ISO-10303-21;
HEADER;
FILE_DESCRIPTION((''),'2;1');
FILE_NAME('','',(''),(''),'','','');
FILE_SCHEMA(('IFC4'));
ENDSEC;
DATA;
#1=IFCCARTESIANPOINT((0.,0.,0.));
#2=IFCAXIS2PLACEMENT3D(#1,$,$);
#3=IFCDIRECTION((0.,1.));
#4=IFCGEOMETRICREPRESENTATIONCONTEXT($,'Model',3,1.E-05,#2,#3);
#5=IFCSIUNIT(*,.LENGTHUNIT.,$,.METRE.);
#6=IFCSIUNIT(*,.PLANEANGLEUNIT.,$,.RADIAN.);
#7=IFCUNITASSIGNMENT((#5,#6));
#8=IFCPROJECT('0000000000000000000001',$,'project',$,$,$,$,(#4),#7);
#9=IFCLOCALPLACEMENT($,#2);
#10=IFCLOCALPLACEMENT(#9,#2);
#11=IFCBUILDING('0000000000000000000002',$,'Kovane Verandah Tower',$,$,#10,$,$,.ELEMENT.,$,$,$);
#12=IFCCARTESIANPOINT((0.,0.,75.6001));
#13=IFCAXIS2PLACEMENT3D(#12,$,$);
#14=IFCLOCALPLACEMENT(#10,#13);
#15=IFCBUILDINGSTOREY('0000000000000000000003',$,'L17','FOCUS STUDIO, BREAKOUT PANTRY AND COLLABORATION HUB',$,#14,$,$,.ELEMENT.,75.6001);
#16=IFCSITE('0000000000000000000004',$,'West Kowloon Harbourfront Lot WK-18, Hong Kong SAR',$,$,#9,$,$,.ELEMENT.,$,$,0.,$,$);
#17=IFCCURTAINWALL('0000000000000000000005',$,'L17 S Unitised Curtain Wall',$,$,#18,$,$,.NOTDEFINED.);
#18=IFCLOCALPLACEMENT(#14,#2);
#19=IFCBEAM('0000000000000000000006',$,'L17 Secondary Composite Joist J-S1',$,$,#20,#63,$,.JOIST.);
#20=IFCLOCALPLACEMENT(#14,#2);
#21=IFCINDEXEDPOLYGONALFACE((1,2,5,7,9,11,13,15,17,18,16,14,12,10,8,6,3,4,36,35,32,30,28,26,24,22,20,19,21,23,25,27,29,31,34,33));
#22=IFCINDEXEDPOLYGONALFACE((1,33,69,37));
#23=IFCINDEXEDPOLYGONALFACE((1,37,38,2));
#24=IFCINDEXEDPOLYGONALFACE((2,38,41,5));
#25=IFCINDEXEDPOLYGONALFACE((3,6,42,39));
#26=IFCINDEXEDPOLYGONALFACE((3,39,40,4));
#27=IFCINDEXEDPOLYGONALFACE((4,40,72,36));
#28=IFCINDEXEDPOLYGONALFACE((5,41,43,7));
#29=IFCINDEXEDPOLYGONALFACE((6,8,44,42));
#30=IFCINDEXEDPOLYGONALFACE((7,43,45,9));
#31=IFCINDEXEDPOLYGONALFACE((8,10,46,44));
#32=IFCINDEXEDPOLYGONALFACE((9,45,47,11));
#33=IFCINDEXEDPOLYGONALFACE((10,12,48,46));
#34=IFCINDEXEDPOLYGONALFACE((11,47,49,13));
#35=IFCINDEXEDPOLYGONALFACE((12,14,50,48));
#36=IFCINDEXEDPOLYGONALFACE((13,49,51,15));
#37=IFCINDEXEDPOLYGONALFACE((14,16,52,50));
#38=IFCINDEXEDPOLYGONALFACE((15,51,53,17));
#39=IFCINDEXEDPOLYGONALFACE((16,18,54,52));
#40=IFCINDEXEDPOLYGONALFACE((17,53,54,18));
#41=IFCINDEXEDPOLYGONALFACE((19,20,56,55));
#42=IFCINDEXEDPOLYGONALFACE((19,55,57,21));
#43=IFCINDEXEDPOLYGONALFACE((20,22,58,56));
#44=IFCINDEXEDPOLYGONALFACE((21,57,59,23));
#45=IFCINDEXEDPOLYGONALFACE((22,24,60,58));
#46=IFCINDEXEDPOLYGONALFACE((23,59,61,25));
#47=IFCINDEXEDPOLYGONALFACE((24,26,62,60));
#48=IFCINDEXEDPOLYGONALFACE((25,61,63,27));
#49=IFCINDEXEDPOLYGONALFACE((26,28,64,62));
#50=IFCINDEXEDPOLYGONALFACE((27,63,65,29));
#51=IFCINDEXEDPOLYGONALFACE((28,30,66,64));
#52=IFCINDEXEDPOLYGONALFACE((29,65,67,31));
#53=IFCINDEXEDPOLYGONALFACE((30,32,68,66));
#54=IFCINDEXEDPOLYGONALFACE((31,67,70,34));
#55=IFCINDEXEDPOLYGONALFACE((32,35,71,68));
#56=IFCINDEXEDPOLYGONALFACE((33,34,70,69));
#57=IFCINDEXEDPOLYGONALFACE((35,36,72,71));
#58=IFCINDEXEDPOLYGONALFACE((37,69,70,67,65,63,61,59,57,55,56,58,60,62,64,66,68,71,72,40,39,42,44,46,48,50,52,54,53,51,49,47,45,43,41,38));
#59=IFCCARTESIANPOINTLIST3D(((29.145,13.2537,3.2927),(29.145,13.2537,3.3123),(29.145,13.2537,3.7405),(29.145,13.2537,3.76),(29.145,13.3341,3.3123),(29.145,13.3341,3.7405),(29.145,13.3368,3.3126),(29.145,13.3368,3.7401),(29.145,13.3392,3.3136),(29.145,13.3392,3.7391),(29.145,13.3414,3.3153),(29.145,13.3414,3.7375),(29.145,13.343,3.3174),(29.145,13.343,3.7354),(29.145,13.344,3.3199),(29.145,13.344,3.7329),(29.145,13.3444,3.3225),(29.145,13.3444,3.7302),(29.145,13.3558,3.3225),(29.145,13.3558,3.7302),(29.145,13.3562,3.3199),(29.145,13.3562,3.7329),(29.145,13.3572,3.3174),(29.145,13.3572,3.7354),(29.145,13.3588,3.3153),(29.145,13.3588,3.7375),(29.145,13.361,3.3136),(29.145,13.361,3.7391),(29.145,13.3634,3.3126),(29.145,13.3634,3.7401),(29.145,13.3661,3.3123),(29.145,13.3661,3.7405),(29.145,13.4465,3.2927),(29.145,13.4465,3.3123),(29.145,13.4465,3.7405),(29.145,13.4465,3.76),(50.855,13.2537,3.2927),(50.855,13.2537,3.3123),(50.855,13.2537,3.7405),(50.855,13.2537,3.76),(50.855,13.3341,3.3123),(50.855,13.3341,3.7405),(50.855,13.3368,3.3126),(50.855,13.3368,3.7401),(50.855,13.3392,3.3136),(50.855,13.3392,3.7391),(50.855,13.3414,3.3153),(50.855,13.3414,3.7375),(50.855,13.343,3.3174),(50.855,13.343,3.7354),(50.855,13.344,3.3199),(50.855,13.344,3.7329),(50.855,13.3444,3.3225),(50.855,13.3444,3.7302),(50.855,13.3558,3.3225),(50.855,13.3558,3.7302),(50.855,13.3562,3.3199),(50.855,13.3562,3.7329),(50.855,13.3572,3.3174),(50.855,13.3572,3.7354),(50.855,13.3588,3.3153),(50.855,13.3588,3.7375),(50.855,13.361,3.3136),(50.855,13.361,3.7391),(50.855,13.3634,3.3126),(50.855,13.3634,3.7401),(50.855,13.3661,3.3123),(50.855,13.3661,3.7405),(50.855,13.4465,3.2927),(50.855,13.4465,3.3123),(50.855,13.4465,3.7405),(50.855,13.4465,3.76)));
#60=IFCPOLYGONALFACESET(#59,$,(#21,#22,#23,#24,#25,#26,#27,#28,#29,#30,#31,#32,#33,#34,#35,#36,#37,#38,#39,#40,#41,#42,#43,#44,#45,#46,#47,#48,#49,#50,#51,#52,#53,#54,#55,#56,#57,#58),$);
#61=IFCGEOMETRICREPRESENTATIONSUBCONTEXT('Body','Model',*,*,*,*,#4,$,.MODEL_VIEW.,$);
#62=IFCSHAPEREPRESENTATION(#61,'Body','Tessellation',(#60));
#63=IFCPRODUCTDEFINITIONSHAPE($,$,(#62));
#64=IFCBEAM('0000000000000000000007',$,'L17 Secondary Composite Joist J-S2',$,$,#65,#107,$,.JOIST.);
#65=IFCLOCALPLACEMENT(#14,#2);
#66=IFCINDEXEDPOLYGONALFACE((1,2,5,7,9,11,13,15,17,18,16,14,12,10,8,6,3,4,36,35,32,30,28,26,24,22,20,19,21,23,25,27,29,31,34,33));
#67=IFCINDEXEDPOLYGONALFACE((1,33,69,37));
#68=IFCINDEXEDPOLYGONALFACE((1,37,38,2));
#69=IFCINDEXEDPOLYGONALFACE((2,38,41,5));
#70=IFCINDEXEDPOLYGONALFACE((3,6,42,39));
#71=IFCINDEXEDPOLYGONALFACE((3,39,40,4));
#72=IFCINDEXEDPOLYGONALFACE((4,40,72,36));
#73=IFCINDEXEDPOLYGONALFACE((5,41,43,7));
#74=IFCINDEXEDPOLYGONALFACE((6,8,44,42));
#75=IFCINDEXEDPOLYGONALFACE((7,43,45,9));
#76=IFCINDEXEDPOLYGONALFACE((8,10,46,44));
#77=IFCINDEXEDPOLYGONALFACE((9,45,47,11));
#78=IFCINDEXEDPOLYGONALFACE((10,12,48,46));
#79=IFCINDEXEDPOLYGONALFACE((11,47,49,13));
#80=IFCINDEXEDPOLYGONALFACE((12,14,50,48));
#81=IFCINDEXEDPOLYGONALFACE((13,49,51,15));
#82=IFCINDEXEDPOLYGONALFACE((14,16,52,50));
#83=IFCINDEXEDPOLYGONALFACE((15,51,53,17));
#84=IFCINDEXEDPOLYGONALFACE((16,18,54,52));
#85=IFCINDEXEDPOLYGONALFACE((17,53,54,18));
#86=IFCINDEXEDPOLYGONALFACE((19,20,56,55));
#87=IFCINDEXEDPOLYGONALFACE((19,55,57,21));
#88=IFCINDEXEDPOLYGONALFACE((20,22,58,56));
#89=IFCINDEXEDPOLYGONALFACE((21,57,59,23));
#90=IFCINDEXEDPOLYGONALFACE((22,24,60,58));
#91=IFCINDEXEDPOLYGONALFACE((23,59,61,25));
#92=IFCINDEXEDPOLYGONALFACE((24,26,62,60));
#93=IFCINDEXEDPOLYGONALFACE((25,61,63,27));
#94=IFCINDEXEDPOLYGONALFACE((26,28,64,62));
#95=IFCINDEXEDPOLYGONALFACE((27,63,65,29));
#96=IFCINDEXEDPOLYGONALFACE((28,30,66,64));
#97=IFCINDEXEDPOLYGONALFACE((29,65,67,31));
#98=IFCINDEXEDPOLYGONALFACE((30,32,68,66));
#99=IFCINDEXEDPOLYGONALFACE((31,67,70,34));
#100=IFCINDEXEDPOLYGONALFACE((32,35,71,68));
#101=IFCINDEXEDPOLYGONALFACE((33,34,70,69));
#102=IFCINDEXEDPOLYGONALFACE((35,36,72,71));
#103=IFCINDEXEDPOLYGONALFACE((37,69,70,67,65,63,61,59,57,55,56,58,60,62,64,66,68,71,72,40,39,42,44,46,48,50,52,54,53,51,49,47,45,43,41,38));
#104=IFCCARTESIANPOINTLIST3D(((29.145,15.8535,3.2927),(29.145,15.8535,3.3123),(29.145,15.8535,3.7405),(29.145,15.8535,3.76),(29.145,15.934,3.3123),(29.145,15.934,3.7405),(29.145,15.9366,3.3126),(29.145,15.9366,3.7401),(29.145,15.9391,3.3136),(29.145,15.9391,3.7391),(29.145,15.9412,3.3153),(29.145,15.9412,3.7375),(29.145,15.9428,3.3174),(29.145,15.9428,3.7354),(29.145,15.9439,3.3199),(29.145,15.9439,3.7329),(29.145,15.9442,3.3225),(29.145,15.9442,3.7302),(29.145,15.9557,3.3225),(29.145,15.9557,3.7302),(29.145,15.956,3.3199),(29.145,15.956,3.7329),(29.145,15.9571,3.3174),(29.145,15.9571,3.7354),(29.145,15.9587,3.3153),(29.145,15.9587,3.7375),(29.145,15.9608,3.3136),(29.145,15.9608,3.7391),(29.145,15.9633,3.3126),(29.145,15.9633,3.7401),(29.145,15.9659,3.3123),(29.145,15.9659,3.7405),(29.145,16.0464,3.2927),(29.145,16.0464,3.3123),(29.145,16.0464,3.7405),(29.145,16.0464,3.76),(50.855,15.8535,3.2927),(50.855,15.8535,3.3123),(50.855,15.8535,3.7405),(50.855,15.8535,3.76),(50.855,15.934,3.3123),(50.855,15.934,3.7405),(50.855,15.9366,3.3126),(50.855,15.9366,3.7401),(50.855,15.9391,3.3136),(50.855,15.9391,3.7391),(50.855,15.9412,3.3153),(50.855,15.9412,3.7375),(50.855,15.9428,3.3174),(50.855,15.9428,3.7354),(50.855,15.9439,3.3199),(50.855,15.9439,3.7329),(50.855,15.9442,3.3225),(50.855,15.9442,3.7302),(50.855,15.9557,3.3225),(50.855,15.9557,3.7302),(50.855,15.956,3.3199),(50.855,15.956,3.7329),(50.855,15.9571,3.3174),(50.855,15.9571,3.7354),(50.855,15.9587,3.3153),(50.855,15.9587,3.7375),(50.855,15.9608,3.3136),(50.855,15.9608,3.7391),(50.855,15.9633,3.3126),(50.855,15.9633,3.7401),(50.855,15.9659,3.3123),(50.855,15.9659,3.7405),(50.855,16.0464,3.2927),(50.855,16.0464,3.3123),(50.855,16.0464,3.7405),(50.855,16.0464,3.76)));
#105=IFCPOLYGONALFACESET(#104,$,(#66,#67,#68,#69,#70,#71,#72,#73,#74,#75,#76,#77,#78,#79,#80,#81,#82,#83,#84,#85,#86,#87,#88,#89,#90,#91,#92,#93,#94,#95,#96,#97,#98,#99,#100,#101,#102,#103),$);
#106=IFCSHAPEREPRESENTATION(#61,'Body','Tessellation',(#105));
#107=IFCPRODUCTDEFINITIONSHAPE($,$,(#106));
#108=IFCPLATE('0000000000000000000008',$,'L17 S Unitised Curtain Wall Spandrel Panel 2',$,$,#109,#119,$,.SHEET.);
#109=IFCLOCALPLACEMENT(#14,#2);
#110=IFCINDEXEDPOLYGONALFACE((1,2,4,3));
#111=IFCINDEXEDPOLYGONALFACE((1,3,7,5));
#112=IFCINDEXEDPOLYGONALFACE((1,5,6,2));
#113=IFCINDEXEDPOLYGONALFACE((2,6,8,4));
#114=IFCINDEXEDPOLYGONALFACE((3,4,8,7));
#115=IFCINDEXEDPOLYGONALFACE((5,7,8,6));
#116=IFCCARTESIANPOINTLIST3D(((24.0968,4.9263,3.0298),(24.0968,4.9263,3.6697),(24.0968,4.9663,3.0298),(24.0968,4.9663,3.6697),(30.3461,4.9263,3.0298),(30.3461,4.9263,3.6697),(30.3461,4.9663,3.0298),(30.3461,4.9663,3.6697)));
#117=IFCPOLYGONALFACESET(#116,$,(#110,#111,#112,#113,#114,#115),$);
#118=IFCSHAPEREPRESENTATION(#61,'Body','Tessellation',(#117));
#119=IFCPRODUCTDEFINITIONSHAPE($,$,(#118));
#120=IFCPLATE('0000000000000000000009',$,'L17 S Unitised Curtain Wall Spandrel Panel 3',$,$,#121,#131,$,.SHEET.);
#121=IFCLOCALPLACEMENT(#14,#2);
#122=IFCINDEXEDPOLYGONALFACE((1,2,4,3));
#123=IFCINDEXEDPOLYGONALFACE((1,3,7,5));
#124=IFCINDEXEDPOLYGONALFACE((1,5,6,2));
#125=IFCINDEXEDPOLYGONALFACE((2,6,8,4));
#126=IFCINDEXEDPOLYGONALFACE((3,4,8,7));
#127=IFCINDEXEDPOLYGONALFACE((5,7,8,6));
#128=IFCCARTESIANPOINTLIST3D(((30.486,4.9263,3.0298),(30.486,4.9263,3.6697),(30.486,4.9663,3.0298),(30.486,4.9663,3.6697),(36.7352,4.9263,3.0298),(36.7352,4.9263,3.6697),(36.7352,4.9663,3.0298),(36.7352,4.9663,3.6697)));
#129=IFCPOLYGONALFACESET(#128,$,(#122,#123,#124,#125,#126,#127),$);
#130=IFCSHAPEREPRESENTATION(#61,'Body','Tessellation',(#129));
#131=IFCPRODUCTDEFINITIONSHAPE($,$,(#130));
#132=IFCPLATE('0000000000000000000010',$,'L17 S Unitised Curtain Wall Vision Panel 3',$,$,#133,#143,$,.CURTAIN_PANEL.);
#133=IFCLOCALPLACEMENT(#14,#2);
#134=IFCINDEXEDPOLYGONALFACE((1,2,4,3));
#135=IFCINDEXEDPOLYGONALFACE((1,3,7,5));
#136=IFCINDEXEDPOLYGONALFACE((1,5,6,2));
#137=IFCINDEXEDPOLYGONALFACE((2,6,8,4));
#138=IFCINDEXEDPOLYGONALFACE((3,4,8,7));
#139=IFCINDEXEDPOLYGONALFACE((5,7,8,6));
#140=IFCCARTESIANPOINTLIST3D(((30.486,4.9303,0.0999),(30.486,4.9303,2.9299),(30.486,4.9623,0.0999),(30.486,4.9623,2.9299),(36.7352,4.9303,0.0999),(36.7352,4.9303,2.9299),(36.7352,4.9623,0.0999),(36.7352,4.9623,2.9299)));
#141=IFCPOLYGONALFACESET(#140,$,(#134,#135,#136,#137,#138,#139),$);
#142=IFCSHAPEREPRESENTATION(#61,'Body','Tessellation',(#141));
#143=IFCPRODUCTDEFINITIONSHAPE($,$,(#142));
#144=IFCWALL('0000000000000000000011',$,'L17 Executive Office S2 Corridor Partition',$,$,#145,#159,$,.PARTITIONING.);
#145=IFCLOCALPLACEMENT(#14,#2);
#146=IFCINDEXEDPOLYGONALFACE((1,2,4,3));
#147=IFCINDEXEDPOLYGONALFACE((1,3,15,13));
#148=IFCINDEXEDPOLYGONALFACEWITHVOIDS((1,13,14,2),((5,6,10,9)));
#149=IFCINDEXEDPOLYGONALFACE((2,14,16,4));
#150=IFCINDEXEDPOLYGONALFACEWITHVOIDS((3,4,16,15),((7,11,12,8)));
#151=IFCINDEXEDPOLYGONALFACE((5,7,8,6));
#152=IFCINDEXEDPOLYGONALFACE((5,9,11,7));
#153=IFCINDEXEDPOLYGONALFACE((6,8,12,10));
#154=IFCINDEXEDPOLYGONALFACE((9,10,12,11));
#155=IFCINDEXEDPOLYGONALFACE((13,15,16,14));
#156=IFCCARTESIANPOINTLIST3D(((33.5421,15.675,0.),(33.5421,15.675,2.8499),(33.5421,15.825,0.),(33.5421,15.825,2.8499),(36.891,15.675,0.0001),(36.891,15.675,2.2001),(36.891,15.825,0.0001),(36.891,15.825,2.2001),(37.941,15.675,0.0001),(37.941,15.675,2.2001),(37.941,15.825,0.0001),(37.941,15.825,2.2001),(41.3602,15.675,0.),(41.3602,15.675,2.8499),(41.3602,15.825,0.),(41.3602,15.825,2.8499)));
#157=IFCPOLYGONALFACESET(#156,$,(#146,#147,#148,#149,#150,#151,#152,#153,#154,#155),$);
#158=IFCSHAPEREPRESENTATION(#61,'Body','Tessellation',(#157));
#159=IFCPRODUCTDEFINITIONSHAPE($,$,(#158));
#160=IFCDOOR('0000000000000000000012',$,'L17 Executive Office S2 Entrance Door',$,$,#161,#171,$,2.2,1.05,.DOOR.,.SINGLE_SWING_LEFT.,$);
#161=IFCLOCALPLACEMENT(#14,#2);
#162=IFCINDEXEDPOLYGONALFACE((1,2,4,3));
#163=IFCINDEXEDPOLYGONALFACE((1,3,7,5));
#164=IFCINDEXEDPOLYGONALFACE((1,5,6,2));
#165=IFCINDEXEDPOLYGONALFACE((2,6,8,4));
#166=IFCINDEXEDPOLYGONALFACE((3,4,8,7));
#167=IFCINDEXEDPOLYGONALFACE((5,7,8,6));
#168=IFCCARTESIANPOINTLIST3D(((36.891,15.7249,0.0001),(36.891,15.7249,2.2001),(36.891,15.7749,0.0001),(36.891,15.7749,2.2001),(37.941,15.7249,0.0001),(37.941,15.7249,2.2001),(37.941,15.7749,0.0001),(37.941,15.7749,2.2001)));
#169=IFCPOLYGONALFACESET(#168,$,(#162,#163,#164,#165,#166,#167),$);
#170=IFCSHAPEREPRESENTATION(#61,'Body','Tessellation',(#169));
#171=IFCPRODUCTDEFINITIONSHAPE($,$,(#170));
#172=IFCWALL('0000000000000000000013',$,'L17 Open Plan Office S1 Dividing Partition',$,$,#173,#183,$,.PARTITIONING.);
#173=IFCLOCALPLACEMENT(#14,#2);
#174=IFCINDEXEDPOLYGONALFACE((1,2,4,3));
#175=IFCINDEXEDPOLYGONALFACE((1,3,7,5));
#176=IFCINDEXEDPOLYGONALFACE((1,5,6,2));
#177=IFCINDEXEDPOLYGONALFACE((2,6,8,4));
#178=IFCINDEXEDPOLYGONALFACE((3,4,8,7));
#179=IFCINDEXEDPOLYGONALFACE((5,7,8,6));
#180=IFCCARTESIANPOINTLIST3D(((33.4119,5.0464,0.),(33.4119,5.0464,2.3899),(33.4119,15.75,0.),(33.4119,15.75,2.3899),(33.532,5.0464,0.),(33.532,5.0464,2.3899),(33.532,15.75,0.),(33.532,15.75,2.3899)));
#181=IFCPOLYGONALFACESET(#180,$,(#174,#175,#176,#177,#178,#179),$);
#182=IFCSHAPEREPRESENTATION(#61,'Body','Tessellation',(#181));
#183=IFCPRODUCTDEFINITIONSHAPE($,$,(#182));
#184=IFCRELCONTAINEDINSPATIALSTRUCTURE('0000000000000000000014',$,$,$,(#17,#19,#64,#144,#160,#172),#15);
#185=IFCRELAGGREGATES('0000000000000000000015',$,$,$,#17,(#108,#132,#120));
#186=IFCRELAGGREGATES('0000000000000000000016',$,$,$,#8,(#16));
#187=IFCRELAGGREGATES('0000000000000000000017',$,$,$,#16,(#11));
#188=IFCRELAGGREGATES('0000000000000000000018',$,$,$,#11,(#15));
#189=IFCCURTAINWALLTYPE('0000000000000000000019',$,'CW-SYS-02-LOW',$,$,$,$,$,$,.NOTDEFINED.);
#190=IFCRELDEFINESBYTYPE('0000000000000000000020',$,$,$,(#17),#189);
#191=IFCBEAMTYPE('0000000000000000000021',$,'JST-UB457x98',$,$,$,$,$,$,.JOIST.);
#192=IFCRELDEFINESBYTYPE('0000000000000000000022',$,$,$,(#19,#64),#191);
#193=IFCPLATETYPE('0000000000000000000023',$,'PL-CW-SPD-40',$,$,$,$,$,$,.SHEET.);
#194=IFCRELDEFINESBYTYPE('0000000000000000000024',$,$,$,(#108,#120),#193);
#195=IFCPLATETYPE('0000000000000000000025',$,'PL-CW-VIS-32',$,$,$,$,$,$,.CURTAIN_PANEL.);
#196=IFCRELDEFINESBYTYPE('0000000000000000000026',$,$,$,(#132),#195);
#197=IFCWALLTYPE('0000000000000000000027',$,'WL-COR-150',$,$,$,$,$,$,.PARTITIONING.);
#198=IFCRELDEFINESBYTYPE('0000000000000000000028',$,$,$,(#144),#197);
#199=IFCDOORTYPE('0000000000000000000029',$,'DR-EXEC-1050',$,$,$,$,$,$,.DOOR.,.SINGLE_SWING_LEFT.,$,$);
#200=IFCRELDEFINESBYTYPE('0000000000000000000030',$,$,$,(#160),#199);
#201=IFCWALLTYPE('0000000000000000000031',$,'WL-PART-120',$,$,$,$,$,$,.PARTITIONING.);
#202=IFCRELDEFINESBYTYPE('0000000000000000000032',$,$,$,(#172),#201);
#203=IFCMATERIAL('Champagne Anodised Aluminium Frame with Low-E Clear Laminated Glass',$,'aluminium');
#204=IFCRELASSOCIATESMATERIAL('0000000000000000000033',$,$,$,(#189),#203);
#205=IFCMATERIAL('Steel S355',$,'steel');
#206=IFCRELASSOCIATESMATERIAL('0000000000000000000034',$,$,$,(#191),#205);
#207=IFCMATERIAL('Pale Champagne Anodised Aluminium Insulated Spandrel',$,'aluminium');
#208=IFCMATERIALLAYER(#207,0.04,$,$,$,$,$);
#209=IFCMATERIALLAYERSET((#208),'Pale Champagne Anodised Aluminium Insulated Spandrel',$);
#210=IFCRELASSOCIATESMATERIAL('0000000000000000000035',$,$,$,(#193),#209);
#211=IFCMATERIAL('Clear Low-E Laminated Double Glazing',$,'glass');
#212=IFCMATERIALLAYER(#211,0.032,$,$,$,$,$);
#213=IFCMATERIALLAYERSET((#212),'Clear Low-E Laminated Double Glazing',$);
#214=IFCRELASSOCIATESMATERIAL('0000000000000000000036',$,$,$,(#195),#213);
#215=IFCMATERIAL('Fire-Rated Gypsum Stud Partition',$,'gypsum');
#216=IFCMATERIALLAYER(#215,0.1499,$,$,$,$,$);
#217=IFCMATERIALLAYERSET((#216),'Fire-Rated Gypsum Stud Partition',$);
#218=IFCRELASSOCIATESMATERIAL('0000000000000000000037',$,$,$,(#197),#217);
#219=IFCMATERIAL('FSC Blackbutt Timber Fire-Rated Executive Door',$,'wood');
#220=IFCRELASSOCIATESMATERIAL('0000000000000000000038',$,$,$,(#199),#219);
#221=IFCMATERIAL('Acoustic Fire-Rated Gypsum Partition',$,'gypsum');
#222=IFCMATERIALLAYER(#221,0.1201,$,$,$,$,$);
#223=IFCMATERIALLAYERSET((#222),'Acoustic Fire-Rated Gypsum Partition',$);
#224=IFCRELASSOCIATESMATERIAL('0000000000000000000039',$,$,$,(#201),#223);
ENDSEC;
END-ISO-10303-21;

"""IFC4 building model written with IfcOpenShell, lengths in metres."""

from ifc_helpers import new_model, si_unit, direction, frame, frame_2d, origin, origin_2d, place, context, subcontext, project, spatial, rectangle, i_section, extrude, material, layer, layer_set, material_profile, profile_set, type_object, element, fill, aggregate, save


model = new_model("IFC4")

# Units and contexts
model_context = context("Model", 3, precision=1e-05, world=origin(), true_north=direction((0.0, 1.0)))
body_context = subcontext(model_context, "Body", "Model", "MODEL_VIEW")
ifc_project = project(units=[si_unit("LENGTHUNIT", "METRE"), si_unit("PLANEANGLEUNIT", "RADIAN")], contexts=[model_context])

# Site, building, storey
site_placement = place(None, origin())
site = spatial("IfcSite", under=ifc_project, at=site_placement, Name="West Kowloon Harbourfront Lot WK-18, Hong Kong SAR", CompositionType="ELEMENT", RefElevation=0.0)
building_placement = place(site_placement, origin())
building = spatial("IfcBuilding", under=site, at=building_placement, Name="Kovane Verandah Tower", CompositionType="ELEMENT")
storey_placement = place(building_placement, frame((0.0, 0.0, 75.6001)))
storey = spatial("IfcBuildingStorey", under=building, at=storey_placement, Name="L17", Description="FOCUS STUDIO, BREAKOUT PANTRY AND COLLABORATION HUB", CompositionType="ELEMENT", Elevation=75.6001)

# Shared definitions
ifc_material_1 = material(Name="Steel S355", Category="steel")

# Curtain wall
ifc_material_2 = material(Name="Champagne Anodised Aluminium Frame with Low-E Clear Laminated Glass", Category="aluminium")
curtain_wall_type = type_object("IfcCurtainWallType", Name="CW-SYS-02-LOW", PredefinedType="NOTDEFINED", material=ifc_material_2)
curtain_wall_placement = place(storey_placement, origin())
curtain_wall = element("IfcCurtainWall", 1, at=curtain_wall_placement, inside=storey, type_object=curtain_wall_type, Name="L17 S Unitised Curtain Wall", PredefinedType="NOTDEFINED")

# Beams
ifc_material_profile_1 = material_profile(ifc_material_1, i_section(OverallWidth=0.1929, OverallDepth=0.4673, WebThickness=0.0115, FlangeThickness=0.0195, FilletRadius=0.0103, at=origin_2d()), Name="UB457x191x98")
ifc_profile_set_1 = profile_set([ifc_material_profile_1], Name="Steel S355")
beam_type_1 = type_object("IfcBeamType", Name="JST-UB457x98", PredefinedType="JOIST", material=ifc_profile_set_1)
for number, where, z_axis, x_axis, name in (
    (2, (29.145, 13.3501, 3.5264), (1.0, 0.0, 0.0), (0.0, 1.0, 0.0), "L17 Secondary Composite Joist J-S1"),
    (3, (29.145, 15.95, 3.5264), (1.0, 0.0, 0.0), (0.0, 1.0, 0.0), "L17 Secondary Composite Joist J-S2"),
):
    element("IfcBeam", number, at=place(storey_placement, frame(where, z_axis=z_axis, x_axis=x_axis)), inside=storey, type_object=beam_type_1, Name=name, PredefinedType="JOIST", context=body_context, shape_type="SweptSolid", body=[
        extrude(i_section(OverallWidth=0.1929, OverallDepth=0.4673, WebThickness=0.0115, FlangeThickness=0.0195, FilletRadius=0.0103, at=origin_2d()), origin(), (0.0, 0.0, 1.0), 21.71),
    ])

# Plates
ifc_material_3 = material(Name="Pale Champagne Anodised Aluminium Insulated Spandrel", Category="aluminium")
ifc_layer_1 = layer(ifc_material_3, 0.04)
ifc_layer_set_1 = layer_set([ifc_layer_1], Name="Pale Champagne Anodised Aluminium Insulated Spandrel")
plate_type_1 = type_object("IfcPlateType", Name="PL-CW-SPD-40", PredefinedType="SHEET", material=ifc_layer_set_1)
plate_1_placement = place(storey_placement, frame((27.2214, 4.9463, 3.0298), z_axis=(0.0, 0.0, 1.0), x_axis=(1.0, 0.0, 0.0)))
plate_1 = element("IfcPlate", 4, at=plate_1_placement, type_object=plate_type_1, Name="L17 S Unitised Curtain Wall Spandrel Panel 2", PredefinedType="SHEET", context=body_context, shape_type="SweptSolid", body=[
    extrude(rectangle(XDim=6.2493, YDim=0.04, at=origin_2d()), origin(), (0.0, 0.0, 1.0), 0.6399),
])
plate_2_placement = place(storey_placement, frame((33.6106, 4.9463, 3.0298), z_axis=(0.0, 0.0, 1.0), x_axis=(1.0, 0.0, 0.0)))
plate_2 = element("IfcPlate", 5, at=plate_2_placement, type_object=plate_type_1, Name="L17 S Unitised Curtain Wall Spandrel Panel 3", PredefinedType="SHEET", context=body_context, shape_type="SweptSolid", body=[
    extrude(rectangle(XDim=6.2493, YDim=0.04, at=origin_2d()), origin(), (0.0, 0.0, 1.0), 0.6399),
])
ifc_material_4 = material(Name="Clear Low-E Laminated Double Glazing", Category="glass")
ifc_layer_2 = layer(ifc_material_4, 0.032)
ifc_layer_set_2 = layer_set([ifc_layer_2], Name="Clear Low-E Laminated Double Glazing")
plate_type_2 = type_object("IfcPlateType", Name="PL-CW-VIS-32", PredefinedType="CURTAIN_PANEL", material=ifc_layer_set_2)
plate_3_placement = place(storey_placement, frame((33.6106, 4.9463, 0.0999), z_axis=(0.0, 0.0, 1.0), x_axis=(1.0, 0.0, 0.0)))
plate_3 = element("IfcPlate", 6, at=plate_3_placement, type_object=plate_type_2, Name="L17 S Unitised Curtain Wall Vision Panel 3", PredefinedType="CURTAIN_PANEL", context=body_context, shape_type="SweptSolid", body=[
    extrude(rectangle(XDim=6.2493, YDim=0.032, at=origin_2d()), origin(), (0.0, 0.0, 1.0), 2.8301),
])
aggregate(curtain_wall, [plate_1, plate_3, plate_2])

# Wall, opening, door
ifc_material_5 = material(Name="Fire-Rated Gypsum Stud Partition", Category="gypsum")
ifc_layer_3 = layer(ifc_material_5, 0.1499)
ifc_layer_set_3 = layer_set([ifc_layer_3], Name="Fire-Rated Gypsum Stud Partition")
wall_type_1 = type_object("IfcWallType", Name="WL-COR-150", PredefinedType="PARTITIONING", material=ifc_layer_set_3)
wall_1_placement = place(storey_placement, frame((33.542, 15.75, 0.0), z_axis=(0.0, 0.0, 1.0), x_axis=(1.0, 0.0, 0.0)))
wall_1 = element("IfcWall", 7, at=wall_1_placement, inside=storey, type_object=wall_type_1, Name="L17 Executive Office S2 Corridor Partition", PredefinedType="PARTITIONING", context=body_context, shape_type="SweptSolid", body=[
    extrude(rectangle(XDim=7.8181, YDim=0.1499, at=frame_2d((3.9092, 0.0))), origin(), (0.0, 0.0, 1.0), 2.8499),
])
opening_placement = place(wall_1_placement, frame((3.3491, 0.0, 0.0)))
opening = element("IfcOpeningElement", 8, at=opening_placement, cuts=wall_1, PredefinedType="OPENING", context=body_context, shape_type="SweptSolid", body=[
    extrude(rectangle(XDim=1.05, YDim=2.2, at=frame_2d((0.5249, 1.1001))), frame((0.0, 0.075, 0.0), z_axis=(0.0, -1.0, 0.0), x_axis=(1.0, 0.0, 0.0)), (0.0, 0.0, 1.0), 0.1499),
])
ifc_material_6 = material(Name="FSC Blackbutt Timber Fire-Rated Executive Door", Category="wood")
door_type = type_object("IfcDoorType", Name="DR-EXEC-1050", OperationType="SINGLE_SWING_LEFT", PredefinedType="DOOR", material=ifc_material_6)
door_placement = place(opening_placement, origin())
door = element("IfcDoor", 9, at=door_placement, inside=storey, type_object=door_type, Name="L17 Executive Office S2 Entrance Door", OperationType="SINGLE_SWING_LEFT", OverallHeight=2.2, OverallWidth=1.05, PredefinedType="DOOR", context=body_context, shape_type="SweptSolid", body=[
    extrude(rectangle(XDim=1.05, YDim=2.2, at=frame_2d((0.5249, 1.1001))), frame((0.0, 0.0249, 0.0), z_axis=(0.0, -1.0, 0.0), x_axis=(1.0, 0.0, 0.0)), (0.0, 0.0, 1.0), 0.05),
])
fill(opening, door)

# Wall
ifc_material_7 = material(Name="Acoustic Fire-Rated Gypsum Partition", Category="gypsum")
ifc_layer_4 = layer(ifc_material_7, 0.1201)
ifc_layer_set_4 = layer_set([ifc_layer_4], Name="Acoustic Fire-Rated Gypsum Partition")
wall_type_2 = type_object("IfcWallType", Name="WL-PART-120", PredefinedType="PARTITIONING", material=ifc_layer_set_4)
wall_2_placement = place(storey_placement, frame((33.4719, 5.0464, 0.0), z_axis=(0.0, 0.0, 1.0), x_axis=(0.0, 1.0, 0.0)))
element("IfcWall", 10, at=wall_2_placement, inside=storey, type_object=wall_type_2, Name="L17 Open Plan Office S1 Dividing Partition", PredefinedType="PARTITIONING", context=body_context, shape_type="SweptSolid", body=[
    extrude(rectangle(XDim=10.7036, YDim=0.1201, at=frame_2d((5.3518, 0.0))), origin(), (0.0, 0.0, 1.0), 2.3899),
])

save(model, "model.ifc")
